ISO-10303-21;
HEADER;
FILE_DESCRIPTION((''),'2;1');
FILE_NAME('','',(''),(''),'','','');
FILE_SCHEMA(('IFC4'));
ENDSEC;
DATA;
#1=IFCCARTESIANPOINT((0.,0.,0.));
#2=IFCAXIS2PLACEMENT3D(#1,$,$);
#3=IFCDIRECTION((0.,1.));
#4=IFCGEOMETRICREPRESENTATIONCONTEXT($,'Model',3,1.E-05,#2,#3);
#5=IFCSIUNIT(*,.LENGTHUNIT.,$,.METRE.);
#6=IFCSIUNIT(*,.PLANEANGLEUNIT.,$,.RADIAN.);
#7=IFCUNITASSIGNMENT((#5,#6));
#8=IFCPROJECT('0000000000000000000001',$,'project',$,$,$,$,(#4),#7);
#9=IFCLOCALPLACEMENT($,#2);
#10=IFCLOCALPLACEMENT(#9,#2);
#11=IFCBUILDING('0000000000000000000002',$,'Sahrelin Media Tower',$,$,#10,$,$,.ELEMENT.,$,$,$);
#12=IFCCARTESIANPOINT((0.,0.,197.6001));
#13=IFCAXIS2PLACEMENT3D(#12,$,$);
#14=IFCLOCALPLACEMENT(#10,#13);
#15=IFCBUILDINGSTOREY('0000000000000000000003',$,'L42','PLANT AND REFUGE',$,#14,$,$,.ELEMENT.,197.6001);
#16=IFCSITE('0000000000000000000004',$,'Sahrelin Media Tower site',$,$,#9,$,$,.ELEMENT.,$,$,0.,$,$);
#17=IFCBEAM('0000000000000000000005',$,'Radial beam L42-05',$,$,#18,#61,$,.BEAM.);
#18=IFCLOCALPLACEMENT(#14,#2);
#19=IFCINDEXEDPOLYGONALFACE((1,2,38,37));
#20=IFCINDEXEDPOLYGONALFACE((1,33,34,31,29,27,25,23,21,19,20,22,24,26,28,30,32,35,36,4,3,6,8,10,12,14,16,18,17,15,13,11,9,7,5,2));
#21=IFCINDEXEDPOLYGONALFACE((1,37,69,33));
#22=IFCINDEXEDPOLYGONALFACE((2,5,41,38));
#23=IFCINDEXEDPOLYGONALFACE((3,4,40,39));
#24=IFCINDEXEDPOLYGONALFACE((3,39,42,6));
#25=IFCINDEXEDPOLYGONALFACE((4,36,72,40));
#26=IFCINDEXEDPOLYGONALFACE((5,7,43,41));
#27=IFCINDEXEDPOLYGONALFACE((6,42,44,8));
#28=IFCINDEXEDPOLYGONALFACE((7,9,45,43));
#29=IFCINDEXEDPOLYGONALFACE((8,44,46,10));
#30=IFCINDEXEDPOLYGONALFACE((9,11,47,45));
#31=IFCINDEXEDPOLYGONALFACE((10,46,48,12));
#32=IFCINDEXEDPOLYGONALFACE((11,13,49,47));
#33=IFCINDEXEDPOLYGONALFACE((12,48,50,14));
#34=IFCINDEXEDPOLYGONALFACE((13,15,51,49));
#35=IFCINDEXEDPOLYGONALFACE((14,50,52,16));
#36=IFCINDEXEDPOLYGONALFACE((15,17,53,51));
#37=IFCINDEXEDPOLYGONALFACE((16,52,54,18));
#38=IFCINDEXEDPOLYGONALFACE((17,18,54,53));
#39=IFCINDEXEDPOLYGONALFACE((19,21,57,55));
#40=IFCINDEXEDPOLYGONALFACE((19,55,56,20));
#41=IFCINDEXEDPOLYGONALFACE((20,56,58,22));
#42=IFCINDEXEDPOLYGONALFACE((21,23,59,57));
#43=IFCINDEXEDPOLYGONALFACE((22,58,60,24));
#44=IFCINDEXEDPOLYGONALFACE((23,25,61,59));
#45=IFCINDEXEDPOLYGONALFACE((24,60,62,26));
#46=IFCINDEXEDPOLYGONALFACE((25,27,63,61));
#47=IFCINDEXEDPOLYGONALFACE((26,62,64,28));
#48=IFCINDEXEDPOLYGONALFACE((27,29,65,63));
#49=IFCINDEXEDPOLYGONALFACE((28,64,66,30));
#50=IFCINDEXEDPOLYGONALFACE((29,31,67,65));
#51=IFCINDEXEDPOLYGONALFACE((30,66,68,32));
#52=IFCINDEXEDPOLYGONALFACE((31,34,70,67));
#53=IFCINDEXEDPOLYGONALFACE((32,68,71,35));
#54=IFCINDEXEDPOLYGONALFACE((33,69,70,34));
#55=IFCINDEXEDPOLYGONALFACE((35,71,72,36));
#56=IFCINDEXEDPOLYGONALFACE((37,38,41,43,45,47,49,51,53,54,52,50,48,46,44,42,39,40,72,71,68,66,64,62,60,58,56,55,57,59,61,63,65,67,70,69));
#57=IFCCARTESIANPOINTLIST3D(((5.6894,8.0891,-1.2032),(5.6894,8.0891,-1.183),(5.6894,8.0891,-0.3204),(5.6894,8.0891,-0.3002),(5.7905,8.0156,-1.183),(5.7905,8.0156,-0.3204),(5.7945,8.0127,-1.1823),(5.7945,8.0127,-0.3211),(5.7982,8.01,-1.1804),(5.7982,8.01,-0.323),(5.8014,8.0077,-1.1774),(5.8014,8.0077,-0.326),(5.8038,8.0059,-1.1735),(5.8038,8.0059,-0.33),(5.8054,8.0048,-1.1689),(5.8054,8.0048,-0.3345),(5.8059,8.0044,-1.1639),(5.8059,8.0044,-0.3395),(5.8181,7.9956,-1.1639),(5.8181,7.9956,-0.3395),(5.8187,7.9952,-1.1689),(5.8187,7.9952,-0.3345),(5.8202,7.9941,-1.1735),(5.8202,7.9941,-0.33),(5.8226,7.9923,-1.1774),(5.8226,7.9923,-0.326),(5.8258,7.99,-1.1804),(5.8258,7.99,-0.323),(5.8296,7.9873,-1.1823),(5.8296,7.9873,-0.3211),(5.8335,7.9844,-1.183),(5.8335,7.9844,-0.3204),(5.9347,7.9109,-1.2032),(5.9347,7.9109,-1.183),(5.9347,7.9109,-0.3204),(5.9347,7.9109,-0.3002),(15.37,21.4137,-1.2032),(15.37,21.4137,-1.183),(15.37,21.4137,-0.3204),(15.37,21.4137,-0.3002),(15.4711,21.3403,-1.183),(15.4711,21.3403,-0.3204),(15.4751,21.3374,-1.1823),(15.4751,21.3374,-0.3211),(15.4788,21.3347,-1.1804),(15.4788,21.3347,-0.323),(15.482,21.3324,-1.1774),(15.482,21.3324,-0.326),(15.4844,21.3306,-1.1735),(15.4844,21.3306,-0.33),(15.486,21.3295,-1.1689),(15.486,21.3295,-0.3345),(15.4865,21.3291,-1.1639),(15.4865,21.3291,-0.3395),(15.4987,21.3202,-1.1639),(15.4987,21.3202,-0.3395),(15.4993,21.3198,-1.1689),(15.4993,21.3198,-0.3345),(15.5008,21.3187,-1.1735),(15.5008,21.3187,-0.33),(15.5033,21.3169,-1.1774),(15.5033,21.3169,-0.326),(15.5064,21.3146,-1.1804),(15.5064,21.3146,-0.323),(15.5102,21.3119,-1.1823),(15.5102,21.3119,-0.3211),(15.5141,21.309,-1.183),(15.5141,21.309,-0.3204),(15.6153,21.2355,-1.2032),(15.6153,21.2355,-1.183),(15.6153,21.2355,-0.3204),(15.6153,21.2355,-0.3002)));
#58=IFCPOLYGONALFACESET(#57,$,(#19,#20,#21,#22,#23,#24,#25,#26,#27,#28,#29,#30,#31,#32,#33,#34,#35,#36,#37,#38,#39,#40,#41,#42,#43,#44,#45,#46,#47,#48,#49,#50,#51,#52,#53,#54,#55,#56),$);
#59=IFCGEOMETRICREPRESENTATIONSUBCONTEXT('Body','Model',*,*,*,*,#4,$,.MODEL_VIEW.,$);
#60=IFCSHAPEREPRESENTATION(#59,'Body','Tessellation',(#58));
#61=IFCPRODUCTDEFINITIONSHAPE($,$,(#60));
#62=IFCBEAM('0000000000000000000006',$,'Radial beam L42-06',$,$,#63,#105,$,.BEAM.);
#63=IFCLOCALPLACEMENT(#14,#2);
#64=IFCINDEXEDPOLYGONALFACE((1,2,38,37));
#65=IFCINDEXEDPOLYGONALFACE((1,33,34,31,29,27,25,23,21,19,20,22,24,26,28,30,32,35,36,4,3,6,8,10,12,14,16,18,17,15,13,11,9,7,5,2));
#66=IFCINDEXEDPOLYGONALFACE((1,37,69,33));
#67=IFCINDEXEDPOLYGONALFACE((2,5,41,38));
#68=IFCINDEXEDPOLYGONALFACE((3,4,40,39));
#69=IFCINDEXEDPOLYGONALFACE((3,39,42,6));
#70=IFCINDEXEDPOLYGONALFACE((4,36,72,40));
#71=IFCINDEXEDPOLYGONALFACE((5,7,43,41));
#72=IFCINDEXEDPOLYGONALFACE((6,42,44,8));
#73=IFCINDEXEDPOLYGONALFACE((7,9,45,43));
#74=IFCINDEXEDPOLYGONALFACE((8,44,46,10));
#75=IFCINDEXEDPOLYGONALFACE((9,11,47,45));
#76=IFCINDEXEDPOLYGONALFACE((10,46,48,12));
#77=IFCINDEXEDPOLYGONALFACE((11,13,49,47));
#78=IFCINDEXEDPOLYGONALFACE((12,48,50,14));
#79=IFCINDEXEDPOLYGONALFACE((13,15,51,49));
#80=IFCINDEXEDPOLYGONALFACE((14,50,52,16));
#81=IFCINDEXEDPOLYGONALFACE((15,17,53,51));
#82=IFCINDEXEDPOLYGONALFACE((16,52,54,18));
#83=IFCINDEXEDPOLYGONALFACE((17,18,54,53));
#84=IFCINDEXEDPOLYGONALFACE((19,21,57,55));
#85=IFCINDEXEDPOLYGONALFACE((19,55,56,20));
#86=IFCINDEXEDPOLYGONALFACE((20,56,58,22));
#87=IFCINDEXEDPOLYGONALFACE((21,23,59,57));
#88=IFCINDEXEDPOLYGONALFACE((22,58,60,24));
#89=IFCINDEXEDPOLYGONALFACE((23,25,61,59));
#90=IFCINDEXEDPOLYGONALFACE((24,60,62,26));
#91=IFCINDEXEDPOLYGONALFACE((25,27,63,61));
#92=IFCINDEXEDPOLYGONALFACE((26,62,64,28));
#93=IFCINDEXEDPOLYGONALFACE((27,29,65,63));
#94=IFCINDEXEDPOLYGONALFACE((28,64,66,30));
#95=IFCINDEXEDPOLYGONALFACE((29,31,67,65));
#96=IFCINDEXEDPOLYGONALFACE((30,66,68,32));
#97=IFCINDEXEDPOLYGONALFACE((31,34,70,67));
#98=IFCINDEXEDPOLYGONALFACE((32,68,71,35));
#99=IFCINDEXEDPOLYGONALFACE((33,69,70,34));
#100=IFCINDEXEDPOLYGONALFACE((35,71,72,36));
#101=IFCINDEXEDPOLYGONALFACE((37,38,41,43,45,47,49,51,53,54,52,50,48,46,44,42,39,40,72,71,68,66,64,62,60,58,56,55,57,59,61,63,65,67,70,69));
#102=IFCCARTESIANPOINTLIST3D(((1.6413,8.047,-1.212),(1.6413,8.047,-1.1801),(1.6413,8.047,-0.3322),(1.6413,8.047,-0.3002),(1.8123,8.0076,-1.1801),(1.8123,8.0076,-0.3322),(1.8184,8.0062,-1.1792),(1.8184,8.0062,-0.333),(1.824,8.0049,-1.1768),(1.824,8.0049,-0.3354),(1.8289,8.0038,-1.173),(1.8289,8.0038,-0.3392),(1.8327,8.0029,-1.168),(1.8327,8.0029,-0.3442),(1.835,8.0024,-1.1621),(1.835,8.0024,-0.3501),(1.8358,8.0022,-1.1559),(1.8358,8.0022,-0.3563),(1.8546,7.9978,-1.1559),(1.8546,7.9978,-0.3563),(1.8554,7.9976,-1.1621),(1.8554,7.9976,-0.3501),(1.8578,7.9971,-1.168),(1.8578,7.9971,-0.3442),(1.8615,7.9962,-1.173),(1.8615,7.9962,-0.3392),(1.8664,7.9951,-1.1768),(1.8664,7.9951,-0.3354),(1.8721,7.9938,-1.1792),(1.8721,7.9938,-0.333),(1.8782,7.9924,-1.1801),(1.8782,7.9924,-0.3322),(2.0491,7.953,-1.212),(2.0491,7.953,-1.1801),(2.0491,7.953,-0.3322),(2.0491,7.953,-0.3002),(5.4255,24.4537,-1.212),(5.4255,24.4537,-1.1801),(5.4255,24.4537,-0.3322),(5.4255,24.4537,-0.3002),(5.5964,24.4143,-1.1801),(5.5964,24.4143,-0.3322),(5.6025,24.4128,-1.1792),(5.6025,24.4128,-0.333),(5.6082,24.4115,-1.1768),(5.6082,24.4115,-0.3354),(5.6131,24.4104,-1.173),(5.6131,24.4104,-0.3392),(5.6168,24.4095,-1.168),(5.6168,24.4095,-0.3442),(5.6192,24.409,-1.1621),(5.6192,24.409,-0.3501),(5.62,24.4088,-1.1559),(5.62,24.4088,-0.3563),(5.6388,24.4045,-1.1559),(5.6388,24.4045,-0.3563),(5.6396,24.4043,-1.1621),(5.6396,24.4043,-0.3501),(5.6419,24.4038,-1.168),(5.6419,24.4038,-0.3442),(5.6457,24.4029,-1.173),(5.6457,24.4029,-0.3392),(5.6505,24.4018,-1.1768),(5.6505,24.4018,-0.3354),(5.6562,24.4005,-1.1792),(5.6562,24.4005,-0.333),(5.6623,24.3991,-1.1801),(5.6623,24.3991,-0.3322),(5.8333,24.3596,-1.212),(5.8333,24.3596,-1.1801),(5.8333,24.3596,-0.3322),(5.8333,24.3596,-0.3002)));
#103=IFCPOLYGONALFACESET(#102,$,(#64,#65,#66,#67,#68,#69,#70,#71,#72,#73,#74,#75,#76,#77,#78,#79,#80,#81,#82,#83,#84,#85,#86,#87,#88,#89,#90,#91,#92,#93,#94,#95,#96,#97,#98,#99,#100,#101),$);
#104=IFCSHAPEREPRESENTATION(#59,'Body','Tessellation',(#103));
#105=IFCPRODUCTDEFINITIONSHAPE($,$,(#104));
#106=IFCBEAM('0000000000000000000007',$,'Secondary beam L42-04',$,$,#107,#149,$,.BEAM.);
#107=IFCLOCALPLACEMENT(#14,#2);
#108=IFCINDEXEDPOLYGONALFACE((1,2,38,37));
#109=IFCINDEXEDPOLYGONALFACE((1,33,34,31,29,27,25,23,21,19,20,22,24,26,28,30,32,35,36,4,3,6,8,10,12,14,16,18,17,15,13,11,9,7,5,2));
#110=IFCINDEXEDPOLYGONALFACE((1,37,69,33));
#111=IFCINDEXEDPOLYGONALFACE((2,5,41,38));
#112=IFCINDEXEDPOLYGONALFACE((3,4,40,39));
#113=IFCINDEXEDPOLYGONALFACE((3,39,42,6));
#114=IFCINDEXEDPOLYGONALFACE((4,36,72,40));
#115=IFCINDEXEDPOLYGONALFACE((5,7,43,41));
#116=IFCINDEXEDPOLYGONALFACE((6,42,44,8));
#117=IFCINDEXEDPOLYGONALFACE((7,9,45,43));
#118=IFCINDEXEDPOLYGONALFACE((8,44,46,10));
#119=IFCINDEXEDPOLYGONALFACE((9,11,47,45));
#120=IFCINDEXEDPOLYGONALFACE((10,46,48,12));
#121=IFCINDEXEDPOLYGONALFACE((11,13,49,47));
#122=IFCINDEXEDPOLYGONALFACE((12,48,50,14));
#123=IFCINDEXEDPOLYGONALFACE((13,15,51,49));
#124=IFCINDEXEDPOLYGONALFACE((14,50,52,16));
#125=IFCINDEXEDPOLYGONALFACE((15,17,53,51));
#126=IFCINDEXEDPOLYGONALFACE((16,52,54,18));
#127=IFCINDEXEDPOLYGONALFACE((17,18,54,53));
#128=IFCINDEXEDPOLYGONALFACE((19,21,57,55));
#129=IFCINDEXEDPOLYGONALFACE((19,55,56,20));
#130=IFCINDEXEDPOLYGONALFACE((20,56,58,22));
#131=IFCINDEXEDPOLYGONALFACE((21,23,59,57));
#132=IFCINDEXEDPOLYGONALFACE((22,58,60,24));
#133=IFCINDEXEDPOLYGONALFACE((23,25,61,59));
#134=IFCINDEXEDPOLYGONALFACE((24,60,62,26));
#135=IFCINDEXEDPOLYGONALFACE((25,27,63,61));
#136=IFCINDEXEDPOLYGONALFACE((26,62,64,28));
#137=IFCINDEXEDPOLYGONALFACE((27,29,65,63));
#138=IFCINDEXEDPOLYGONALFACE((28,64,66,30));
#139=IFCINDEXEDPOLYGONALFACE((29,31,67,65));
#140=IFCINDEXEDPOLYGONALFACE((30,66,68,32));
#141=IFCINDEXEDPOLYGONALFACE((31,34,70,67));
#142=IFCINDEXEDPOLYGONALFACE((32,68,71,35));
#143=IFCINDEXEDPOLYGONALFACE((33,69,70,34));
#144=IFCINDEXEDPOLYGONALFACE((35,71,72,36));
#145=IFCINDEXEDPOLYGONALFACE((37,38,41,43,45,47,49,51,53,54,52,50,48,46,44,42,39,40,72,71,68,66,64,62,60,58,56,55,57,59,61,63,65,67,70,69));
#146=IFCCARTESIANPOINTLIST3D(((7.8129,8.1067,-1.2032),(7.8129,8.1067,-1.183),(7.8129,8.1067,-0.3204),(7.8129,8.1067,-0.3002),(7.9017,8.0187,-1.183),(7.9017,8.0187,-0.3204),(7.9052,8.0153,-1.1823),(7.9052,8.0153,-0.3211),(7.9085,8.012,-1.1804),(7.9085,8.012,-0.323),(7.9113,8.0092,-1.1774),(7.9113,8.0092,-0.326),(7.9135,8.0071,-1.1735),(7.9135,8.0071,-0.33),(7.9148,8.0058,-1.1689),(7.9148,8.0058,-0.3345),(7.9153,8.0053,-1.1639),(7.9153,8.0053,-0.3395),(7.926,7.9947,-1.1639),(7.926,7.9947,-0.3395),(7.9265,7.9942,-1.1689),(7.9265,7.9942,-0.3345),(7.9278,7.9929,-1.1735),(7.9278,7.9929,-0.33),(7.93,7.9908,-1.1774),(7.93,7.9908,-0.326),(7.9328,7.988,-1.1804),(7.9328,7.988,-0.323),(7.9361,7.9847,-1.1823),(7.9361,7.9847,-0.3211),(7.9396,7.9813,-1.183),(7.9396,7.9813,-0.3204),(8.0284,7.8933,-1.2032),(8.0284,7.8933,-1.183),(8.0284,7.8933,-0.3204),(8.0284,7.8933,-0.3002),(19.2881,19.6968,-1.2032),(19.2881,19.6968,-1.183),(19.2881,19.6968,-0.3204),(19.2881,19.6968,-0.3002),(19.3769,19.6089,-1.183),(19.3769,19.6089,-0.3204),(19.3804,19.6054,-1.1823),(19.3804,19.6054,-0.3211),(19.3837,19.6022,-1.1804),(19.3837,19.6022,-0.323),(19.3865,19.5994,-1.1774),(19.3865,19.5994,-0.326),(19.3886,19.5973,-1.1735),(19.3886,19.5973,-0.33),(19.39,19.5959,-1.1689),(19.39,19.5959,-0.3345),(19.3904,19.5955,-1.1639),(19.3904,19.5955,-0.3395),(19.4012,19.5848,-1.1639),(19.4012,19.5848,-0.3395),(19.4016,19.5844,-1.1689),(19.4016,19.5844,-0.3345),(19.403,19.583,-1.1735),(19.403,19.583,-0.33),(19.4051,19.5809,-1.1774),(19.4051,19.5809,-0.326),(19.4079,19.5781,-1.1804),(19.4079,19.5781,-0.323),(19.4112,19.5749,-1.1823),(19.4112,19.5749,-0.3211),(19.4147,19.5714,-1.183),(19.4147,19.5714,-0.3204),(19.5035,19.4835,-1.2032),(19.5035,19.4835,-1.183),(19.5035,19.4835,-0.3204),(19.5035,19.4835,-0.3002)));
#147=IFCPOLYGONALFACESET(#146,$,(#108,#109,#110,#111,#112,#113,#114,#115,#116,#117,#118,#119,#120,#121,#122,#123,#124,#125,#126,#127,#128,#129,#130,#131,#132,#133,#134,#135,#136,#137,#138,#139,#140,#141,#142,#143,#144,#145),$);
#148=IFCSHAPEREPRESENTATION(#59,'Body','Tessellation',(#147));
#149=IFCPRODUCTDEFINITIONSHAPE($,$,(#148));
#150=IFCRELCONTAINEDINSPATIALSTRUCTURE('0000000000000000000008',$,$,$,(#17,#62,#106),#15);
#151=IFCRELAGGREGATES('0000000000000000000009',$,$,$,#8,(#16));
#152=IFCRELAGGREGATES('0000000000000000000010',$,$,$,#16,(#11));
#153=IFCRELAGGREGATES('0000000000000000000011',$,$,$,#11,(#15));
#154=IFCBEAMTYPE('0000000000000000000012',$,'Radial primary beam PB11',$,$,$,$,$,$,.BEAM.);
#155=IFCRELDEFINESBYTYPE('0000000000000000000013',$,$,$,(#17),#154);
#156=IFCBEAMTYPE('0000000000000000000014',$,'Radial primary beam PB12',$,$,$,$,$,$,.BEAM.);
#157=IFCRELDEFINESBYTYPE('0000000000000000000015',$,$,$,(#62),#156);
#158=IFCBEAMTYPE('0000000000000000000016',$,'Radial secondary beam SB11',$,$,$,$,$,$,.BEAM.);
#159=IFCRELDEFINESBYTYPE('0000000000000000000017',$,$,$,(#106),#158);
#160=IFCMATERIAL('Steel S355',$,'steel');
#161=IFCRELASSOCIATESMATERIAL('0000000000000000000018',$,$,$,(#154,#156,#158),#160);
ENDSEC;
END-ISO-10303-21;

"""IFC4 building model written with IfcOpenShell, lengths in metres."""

from ifc_helpers import new_model, si_unit, direction, frame, origin, origin_2d, place, context, subcontext, project, spatial, i_section, extrude, material, material_profile, profile_set, type_object, element, save


model = new_model("IFC4")

# Units and contexts
model_context = context("Model", 3, precision=1e-05, world=origin(), true_north=direction((0.0, 1.0)))
body_context = subcontext(model_context, "Body", "Model", "MODEL_VIEW")
ifc_project = project(units=[si_unit("LENGTHUNIT", "METRE"), si_unit("PLANEANGLEUNIT", "RADIAN")], contexts=[model_context])

# Site, building, storey
site_placement = place(None, origin())
site = spatial("IfcSite", under=ifc_project, at=site_placement, Name="Sahrelin Media Tower site", CompositionType="ELEMENT", RefElevation=0.0)
building_placement = place(site_placement, origin())
building = spatial("IfcBuilding", under=site, at=building_placement, Name="Sahrelin Media Tower", CompositionType="ELEMENT")
storey_placement = place(building_placement, frame((0.0, 0.0, 197.6001)))
storey = spatial("IfcBuildingStorey", under=building, at=storey_placement, Name="L42", Description="PLANT AND REFUGE", CompositionType="ELEMENT", Elevation=197.6001)

# Beams
ifc_material_1 = material(Name="Steel S355", Category="steel")
ifc_material_profile_1 = material_profile(ifc_material_1, i_section(OverallWidth=0.3032, OverallDepth=0.9031, WebThickness=0.0151, FlangeThickness=0.0203, FilletRadius=0.019, at=origin_2d()), Name="UB 914x305x201")
ifc_profile_set_1 = profile_set([ifc_material_profile_1], Name="Steel S355")
beam_type_1 = type_object("IfcBeamType", Name="Radial primary beam PB11", PredefinedType="BEAM", material=ifc_profile_set_1)
beam_1_placement = place(storey_placement, frame((5.812, 8.0, -0.7517), z_axis=(0.587773, 0.809026, 0.0), x_axis=(-0.809026, 0.587773, 0.0)))
element("IfcBeam", 1, at=beam_1_placement, inside=storey, type_object=beam_type_1, Name="Radial beam L42-05", PredefinedType="BEAM", context=body_context, shape_type="SweptSolid", body=[
    extrude(i_section(OverallWidth=0.3032, OverallDepth=0.9031, WebThickness=0.0151, FlangeThickness=0.0203, FilletRadius=0.019, at=origin_2d()), origin(), (0.0, 0.0, 1.0), 16.47),
])
ifc_material_profile_2 = material_profile(ifc_material_1, i_section(OverallWidth=0.4185, OverallDepth=0.9119, WebThickness=0.0193, FlangeThickness=0.032, FilletRadius=0.0242, at=origin_2d()), Name="UB 914x419x343")
ifc_profile_set_2 = profile_set([ifc_material_profile_2], Name="Steel S355")
beam_type_2 = type_object("IfcBeamType", Name="Radial primary beam PB12", PredefinedType="BEAM", material=ifc_profile_set_2)
beam_2_placement = place(storey_placement, frame((1.8452, 8.0, -0.7561), z_axis=(0.224747, 0.974417, 0.0), x_axis=(-0.974417, 0.224747, 0.0)))
element("IfcBeam", 2, at=beam_2_placement, inside=storey, type_object=beam_type_2, Name="Radial beam L42-06", PredefinedType="BEAM", context=body_context, shape_type="SweptSolid", body=[
    extrude(i_section(OverallWidth=0.4185, OverallDepth=0.9119, WebThickness=0.0193, FlangeThickness=0.032, FilletRadius=0.0242, at=origin_2d()), origin(), (0.0, 0.0, 1.0), 16.8374),
])
ifc_material_profile_3 = material_profile(ifc_material_1, i_section(OverallWidth=0.3032, OverallDepth=0.9031, WebThickness=0.0151, FlangeThickness=0.0203, FilletRadius=0.019, at=origin_2d()), Name="UB 914x305x201")
ifc_profile_set_3 = profile_set([ifc_material_profile_3], Name="Steel S355")
beam_type_3 = type_object("IfcBeamType", Name="Radial secondary beam SB11", PredefinedType="BEAM", material=ifc_profile_set_3)
beam_3_placement = place(storey_placement, frame((7.9207, 8.0, -0.7517), z_axis=(0.703573, 0.710623, 0.0), x_axis=(-0.710623, 0.703573, 0.0)))
element("IfcBeam", 3, at=beam_3_placement, inside=storey, type_object=beam_type_3, Name="Secondary beam L42-04", PredefinedType="BEAM", context=body_context, shape_type="SweptSolid", body=[
    extrude(i_section(OverallWidth=0.3032, OverallDepth=0.9031, WebThickness=0.0151, FlangeThickness=0.0203, FilletRadius=0.019, at=origin_2d()), origin(), (0.0, 0.0, 1.0), 16.3098),
])

save(model, "model.ifc")
